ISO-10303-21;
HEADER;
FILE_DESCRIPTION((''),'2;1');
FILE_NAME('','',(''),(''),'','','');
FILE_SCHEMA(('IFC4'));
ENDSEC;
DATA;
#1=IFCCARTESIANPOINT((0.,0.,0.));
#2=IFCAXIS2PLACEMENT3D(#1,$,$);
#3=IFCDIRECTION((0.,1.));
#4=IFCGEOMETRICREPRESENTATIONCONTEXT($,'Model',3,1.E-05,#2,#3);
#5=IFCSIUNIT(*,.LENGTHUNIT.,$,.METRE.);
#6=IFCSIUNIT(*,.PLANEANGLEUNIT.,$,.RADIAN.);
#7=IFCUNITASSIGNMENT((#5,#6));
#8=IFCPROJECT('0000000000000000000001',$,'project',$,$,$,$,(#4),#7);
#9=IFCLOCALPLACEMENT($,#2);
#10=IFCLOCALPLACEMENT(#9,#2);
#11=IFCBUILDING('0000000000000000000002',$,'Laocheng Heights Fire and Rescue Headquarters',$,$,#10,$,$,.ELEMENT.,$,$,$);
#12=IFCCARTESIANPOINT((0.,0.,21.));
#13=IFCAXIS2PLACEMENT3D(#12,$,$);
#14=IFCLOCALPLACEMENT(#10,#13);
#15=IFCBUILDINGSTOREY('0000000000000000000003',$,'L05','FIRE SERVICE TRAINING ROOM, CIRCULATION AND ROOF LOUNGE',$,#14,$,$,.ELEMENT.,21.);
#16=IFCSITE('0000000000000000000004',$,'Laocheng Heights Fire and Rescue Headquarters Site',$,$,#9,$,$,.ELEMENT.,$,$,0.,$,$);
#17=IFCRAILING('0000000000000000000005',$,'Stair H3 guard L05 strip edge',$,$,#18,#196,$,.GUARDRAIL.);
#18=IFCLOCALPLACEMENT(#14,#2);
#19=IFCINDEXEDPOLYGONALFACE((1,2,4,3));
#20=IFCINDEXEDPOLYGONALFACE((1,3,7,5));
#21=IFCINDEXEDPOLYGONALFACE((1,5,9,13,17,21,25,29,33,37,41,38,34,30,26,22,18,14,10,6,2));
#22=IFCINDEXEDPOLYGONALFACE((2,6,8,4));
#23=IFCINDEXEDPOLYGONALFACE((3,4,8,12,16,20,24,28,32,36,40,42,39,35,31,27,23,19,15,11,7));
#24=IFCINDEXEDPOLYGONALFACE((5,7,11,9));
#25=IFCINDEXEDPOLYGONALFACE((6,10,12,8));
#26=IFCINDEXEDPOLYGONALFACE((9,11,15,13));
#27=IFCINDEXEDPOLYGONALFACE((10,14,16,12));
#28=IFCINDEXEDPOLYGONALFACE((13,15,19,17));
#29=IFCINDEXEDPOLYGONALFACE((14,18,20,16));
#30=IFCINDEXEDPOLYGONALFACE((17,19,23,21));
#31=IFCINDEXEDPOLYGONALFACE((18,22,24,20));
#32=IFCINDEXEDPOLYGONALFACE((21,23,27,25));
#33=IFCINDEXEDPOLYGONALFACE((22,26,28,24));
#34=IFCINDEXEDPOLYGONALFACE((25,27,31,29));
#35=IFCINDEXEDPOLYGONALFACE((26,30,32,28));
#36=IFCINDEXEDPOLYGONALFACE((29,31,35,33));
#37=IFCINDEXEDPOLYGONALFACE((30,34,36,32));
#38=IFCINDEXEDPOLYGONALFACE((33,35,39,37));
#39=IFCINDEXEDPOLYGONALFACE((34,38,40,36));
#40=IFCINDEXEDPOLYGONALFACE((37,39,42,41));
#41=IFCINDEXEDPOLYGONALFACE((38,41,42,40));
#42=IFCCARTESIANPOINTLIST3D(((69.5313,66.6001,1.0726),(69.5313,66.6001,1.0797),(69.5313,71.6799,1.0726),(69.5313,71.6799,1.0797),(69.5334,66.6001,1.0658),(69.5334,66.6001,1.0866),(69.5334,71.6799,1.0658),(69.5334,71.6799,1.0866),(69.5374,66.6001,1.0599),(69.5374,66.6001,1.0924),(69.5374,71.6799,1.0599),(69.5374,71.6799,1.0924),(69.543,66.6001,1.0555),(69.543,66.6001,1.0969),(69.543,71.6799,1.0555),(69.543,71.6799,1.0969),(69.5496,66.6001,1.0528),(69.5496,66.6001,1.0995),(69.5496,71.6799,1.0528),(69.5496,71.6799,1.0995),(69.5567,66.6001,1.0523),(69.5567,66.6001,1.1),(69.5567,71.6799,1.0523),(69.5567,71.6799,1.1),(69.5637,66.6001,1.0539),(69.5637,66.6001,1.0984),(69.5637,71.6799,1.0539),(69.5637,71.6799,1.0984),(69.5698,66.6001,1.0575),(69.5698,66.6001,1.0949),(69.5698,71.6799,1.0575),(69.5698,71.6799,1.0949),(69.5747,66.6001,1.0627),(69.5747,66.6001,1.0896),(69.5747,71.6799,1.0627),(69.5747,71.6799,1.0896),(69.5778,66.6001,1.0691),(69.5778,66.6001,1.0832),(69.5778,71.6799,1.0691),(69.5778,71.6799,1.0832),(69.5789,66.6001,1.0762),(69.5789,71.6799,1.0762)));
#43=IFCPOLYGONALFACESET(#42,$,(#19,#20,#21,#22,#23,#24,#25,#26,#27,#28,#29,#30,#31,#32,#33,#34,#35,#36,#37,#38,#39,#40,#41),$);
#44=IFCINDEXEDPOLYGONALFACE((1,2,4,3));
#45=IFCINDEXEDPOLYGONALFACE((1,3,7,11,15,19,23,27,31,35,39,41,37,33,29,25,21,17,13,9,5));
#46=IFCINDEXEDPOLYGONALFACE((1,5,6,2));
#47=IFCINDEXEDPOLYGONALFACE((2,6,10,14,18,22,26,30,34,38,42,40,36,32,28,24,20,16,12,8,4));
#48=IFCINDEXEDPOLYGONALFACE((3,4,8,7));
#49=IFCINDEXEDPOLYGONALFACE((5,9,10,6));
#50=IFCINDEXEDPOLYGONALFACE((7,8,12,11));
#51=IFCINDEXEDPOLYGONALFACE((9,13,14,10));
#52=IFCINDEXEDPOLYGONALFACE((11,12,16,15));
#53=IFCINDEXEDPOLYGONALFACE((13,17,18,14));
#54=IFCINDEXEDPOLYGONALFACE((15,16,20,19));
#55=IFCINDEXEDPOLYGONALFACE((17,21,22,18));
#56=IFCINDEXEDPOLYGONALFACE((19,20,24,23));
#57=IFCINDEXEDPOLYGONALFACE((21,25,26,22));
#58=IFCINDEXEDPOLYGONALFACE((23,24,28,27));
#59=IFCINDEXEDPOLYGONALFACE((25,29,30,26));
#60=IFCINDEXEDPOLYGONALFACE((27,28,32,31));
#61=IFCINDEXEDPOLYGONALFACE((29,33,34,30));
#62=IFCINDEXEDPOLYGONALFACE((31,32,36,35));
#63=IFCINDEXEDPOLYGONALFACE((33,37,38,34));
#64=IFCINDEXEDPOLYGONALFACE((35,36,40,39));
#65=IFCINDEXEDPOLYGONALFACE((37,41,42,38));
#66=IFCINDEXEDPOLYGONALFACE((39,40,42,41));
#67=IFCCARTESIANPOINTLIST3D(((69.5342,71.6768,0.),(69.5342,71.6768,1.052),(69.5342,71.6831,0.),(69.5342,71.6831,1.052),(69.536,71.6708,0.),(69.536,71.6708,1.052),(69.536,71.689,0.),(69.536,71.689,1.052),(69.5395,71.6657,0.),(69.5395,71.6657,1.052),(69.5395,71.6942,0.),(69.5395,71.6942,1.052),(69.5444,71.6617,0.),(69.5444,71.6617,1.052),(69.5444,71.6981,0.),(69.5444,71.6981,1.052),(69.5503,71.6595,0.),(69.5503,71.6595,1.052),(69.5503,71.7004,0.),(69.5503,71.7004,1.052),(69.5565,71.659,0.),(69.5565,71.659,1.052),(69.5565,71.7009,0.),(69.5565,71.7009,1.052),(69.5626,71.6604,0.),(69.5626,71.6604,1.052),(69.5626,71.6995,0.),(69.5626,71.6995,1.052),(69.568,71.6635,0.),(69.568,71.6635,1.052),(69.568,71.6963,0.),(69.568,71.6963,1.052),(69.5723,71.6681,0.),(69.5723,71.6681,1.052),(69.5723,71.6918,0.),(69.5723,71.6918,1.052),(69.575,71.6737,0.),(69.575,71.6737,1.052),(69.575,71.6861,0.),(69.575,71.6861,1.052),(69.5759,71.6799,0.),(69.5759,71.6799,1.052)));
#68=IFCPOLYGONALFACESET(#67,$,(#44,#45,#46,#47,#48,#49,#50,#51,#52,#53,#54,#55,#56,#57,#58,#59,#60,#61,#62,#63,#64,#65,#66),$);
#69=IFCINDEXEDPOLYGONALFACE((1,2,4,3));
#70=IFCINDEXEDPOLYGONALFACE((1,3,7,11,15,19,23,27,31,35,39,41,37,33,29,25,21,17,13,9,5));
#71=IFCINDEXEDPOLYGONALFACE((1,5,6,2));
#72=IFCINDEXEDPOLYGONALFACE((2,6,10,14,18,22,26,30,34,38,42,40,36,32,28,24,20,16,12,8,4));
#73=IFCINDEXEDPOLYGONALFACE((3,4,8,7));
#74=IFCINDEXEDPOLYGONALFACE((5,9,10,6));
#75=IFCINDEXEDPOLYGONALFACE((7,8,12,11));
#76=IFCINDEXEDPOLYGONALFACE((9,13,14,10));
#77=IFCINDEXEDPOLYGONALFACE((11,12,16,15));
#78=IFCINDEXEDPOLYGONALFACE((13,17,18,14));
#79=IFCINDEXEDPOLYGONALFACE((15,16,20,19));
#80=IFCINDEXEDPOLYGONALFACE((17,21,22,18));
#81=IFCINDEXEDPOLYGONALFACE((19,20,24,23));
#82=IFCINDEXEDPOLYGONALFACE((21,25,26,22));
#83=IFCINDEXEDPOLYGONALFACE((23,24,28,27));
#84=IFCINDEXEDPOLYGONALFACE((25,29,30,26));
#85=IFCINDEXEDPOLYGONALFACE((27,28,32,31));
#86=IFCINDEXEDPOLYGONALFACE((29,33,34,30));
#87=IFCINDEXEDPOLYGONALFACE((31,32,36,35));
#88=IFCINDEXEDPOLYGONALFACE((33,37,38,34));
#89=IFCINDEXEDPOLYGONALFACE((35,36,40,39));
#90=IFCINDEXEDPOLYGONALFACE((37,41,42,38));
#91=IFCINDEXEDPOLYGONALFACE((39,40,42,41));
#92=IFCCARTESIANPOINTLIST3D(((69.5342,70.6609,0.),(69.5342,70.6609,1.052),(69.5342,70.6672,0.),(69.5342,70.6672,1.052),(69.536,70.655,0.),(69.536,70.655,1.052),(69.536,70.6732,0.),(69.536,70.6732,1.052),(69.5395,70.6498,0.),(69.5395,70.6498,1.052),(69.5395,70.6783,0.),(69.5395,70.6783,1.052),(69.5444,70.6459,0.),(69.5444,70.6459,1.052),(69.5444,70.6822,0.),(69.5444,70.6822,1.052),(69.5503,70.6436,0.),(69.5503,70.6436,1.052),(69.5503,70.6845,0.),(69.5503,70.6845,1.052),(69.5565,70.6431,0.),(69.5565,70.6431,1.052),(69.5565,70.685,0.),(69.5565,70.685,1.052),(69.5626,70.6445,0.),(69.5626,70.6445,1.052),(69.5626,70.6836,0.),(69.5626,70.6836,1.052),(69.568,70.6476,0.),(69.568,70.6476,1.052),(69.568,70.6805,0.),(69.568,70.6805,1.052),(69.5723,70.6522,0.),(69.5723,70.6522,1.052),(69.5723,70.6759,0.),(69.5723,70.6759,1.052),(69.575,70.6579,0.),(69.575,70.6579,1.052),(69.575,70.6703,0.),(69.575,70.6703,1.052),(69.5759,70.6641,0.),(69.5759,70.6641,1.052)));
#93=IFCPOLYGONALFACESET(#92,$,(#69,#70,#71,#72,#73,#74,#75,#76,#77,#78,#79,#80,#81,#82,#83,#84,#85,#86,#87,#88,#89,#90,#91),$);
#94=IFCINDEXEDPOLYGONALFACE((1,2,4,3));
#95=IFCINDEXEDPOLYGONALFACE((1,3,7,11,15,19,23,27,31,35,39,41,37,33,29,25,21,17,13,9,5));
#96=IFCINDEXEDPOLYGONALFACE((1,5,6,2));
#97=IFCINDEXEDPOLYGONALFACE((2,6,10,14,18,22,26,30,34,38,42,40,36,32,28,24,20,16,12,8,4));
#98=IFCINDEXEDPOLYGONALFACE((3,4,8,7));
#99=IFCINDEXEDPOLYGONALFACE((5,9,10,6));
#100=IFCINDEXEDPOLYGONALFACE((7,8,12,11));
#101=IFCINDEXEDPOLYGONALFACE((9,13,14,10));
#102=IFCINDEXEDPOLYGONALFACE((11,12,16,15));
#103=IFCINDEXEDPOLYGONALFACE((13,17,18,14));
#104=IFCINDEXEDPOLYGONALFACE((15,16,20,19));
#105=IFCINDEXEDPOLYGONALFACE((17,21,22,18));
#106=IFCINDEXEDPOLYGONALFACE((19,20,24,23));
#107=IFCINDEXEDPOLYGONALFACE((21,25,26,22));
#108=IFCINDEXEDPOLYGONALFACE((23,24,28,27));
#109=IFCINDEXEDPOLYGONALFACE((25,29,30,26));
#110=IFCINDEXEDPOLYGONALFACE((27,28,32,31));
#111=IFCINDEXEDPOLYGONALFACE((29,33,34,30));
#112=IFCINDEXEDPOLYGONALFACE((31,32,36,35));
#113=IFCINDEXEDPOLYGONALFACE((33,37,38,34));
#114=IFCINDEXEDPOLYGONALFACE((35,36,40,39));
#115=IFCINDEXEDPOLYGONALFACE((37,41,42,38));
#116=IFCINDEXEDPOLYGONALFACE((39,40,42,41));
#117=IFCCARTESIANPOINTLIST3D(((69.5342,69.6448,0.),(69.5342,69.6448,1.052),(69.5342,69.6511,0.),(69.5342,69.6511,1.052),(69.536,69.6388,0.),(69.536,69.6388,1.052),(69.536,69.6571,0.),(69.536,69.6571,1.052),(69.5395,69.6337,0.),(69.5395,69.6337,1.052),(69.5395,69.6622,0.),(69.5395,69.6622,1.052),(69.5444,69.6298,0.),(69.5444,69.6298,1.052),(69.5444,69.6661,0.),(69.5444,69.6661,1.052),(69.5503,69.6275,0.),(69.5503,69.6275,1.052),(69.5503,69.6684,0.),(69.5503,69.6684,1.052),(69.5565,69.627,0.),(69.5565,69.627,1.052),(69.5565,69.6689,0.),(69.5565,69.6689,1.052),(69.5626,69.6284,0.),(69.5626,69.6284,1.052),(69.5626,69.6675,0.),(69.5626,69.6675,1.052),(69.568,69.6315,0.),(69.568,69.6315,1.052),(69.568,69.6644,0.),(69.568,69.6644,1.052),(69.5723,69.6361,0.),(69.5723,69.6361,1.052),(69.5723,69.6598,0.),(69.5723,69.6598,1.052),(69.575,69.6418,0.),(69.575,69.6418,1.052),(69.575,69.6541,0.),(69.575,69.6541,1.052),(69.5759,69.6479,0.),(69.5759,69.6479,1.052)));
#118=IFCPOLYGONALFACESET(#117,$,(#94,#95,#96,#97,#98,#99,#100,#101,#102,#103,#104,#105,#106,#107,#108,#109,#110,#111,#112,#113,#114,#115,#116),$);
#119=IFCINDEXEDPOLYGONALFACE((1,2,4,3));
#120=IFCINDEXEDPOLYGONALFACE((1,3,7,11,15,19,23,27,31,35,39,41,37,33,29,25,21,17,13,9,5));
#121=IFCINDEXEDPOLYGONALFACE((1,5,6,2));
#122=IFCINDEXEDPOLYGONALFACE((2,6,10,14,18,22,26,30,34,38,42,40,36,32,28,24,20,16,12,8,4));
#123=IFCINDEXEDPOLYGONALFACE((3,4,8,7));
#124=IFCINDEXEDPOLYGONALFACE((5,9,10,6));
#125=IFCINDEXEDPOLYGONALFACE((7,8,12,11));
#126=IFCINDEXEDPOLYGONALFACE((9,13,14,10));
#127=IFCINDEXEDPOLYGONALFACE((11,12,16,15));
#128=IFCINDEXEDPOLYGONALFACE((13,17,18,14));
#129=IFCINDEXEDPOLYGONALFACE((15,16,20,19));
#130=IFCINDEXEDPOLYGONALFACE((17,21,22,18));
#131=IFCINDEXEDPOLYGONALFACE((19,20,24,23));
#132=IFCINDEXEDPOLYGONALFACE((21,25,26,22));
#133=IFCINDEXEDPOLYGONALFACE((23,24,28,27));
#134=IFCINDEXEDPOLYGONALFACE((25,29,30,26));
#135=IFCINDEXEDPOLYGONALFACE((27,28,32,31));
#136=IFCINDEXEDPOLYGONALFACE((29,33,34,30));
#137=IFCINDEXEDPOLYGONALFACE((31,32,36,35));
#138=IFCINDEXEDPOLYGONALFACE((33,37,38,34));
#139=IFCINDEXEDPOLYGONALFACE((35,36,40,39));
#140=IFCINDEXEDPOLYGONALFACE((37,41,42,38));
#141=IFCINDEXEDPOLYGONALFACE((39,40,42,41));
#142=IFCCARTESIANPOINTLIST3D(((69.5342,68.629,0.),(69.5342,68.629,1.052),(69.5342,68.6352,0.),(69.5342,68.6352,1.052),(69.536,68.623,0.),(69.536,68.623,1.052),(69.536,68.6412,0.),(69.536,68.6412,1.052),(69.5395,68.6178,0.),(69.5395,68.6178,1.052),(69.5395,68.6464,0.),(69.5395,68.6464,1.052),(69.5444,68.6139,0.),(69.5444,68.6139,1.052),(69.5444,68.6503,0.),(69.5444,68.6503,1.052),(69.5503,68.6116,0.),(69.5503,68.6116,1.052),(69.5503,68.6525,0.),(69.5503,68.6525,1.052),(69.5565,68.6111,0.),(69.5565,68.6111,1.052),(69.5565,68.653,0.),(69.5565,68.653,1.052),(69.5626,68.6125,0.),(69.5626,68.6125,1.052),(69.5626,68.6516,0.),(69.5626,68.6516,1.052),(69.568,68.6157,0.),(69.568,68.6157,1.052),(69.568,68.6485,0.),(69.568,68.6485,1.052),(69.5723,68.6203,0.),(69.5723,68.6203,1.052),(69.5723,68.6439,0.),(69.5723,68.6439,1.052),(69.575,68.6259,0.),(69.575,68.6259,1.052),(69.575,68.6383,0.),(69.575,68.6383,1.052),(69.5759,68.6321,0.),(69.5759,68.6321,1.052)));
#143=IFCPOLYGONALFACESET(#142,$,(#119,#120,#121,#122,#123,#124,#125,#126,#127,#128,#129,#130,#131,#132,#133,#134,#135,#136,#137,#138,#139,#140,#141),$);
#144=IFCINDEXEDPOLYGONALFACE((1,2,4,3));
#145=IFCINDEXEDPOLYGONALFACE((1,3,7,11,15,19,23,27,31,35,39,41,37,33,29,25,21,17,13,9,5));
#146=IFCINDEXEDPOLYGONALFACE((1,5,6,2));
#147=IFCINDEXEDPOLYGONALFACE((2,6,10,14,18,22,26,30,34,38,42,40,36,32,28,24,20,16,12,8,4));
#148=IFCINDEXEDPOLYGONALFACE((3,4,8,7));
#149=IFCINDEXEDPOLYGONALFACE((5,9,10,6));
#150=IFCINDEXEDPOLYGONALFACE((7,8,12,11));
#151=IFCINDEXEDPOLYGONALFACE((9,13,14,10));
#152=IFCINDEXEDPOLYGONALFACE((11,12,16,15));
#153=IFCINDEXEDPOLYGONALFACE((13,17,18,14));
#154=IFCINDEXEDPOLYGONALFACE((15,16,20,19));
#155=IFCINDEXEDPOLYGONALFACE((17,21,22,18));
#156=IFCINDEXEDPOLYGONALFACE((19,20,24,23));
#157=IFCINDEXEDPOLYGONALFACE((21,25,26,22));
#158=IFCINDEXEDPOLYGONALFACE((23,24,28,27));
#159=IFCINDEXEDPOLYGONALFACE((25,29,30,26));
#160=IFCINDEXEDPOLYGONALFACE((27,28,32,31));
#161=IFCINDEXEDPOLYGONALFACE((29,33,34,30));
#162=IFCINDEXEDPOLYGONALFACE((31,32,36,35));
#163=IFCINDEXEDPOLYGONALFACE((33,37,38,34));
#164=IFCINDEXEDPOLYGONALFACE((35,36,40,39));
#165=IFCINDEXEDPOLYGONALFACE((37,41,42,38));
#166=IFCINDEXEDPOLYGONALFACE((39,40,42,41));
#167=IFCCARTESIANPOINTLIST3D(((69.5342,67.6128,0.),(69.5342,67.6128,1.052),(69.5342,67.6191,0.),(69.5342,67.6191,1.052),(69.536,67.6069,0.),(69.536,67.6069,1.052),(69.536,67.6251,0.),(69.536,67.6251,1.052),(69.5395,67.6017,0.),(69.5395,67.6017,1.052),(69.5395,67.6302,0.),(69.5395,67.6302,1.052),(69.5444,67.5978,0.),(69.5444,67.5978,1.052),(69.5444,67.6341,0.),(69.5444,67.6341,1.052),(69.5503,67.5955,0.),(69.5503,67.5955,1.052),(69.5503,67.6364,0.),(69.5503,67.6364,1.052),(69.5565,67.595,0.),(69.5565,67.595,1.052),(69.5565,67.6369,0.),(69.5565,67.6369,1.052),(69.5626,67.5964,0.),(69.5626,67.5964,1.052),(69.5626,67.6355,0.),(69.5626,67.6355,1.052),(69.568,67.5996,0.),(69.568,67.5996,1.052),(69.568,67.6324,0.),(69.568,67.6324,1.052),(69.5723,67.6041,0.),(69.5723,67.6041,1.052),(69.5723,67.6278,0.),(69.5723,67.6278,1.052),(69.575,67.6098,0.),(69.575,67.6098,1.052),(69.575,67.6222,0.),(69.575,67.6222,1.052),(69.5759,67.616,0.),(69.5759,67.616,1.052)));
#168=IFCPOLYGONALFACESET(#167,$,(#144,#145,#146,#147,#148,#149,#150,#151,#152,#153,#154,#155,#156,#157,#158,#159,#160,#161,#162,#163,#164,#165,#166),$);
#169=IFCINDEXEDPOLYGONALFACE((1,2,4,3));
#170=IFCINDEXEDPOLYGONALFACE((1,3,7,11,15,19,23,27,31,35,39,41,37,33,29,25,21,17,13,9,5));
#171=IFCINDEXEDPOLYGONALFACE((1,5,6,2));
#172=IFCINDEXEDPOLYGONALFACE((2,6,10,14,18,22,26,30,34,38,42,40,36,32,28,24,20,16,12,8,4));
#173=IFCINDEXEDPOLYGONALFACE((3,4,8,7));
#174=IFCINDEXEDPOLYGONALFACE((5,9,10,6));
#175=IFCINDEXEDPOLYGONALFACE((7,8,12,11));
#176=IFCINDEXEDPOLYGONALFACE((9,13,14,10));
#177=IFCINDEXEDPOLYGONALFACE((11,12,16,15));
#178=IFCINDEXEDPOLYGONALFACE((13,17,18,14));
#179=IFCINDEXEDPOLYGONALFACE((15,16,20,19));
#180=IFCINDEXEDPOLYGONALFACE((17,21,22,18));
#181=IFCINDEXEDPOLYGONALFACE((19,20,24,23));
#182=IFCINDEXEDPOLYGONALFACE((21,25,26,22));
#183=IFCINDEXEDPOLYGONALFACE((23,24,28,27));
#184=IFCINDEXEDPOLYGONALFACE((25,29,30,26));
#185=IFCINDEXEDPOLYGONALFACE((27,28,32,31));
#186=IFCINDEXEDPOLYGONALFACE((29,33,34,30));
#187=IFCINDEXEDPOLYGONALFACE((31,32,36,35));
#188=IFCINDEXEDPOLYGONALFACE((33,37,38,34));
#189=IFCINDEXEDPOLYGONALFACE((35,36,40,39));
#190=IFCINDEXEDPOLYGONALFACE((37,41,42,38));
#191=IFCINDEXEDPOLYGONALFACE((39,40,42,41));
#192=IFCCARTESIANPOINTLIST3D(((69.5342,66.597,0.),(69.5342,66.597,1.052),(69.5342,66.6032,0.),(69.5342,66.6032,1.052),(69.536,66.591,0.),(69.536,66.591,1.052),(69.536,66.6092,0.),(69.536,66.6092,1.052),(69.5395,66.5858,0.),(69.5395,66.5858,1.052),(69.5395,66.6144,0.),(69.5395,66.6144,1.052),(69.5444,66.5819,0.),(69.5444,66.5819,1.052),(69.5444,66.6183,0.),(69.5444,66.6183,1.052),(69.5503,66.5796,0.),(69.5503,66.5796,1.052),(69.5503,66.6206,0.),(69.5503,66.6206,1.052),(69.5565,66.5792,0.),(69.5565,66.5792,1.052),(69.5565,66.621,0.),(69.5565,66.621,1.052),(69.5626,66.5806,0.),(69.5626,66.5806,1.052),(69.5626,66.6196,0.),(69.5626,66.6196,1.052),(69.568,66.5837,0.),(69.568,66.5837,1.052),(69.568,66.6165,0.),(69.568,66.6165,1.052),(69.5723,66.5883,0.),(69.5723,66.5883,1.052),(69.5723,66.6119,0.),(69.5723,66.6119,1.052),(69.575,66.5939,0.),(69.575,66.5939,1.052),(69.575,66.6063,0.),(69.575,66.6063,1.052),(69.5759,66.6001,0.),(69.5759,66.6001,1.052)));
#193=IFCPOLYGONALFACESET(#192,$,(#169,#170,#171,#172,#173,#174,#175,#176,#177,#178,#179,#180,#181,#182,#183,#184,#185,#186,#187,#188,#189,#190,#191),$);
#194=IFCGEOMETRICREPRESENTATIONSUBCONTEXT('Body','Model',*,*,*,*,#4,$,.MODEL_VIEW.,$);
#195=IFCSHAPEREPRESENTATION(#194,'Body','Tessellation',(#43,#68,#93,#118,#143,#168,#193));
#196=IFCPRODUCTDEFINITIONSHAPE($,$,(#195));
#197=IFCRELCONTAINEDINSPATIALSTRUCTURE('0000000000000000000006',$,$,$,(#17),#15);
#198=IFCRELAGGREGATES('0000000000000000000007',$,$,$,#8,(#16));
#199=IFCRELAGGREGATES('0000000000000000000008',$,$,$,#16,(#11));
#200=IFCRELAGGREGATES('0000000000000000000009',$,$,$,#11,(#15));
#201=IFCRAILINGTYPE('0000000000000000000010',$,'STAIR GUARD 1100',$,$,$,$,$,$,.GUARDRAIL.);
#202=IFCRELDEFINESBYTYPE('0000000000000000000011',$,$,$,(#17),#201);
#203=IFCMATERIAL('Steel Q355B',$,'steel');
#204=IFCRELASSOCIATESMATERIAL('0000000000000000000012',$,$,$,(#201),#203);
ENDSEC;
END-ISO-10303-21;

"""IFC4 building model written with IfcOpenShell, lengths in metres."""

from ifc_helpers import new_model, si_unit, direction, frame, origin, origin_2d, place, context, subcontext, project, spatial, circle, extrude, material, type_object, element, save


model = new_model("IFC4")

# Units and contexts
model_context = context("Model", 3, precision=1e-05, world=origin(), true_north=direction((0.0, 1.0)))
body_context = subcontext(model_context, "Body", "Model", "MODEL_VIEW")
ifc_project = project(units=[si_unit("LENGTHUNIT", "METRE"), si_unit("PLANEANGLEUNIT", "RADIAN")], contexts=[model_context])

# Site, building, storey
site_placement = place(None, origin())
site = spatial("IfcSite", under=ifc_project, at=site_placement, Name="Laocheng Heights Fire and Rescue Headquarters Site", CompositionType="ELEMENT", RefElevation=0.0)
building_placement = place(site_placement, origin())
building = spatial("IfcBuilding", under=site, at=building_placement, Name="Laocheng Heights Fire and Rescue Headquarters", CompositionType="ELEMENT")
storey_placement = place(building_placement, frame((0.0, 0.0, 21.0)))
storey = spatial("IfcBuildingStorey", under=building, at=storey_placement, Name="L05", Description="FIRE SERVICE TRAINING ROOM, CIRCULATION AND ROOF LOUNGE", CompositionType="ELEMENT", Elevation=21.0)

# Railing
ifc_material_1 = material(Name="Steel Q355B", Category="steel")
railing_type = type_object("IfcRailingType", Name="STAIR GUARD 1100", PredefinedType="GUARDRAIL", material=ifc_material_1)
railing_1_placement = place(storey_placement, frame((69.5549, 71.6799, 0.0)))
element("IfcRailing", 1, at=railing_1_placement, inside=storey, type_object=railing_type, Name="Stair H3 guard L05 strip edge", PredefinedType="GUARDRAIL", context=body_context, shape_type="SweptSolid", body=[
    extrude(circle(Radius=0.0239, at=origin_2d()), frame((0.0, 0.0, 1.0762), z_axis=(0.0, -1.0, 0.0), x_axis=(1.0, 0.0, 0.0)), (0.0, 0.0, 1.0), 5.0798),
    extrude(circle(Radius=0.021, at=origin_2d()), origin(), (0.0, 0.0, 1.0), 1.052),
    extrude(circle(Radius=0.021, at=origin_2d()), frame((0.0, -1.0159, 0.0)), (0.0, 0.0, 1.0), 1.052),
    extrude(circle(Radius=0.021, at=origin_2d()), frame((0.0, -2.032, 0.0)), (0.0, 0.0, 1.0), 1.052),
    extrude(circle(Radius=0.021, at=origin_2d()), frame((0.0, -3.0479, 0.0)), (0.0, 0.0, 1.0), 1.052),
    extrude(circle(Radius=0.021, at=origin_2d()), frame((0.0, -4.064, 0.0)), (0.0, 0.0, 1.0), 1.052),
    extrude(circle(Radius=0.021, at=origin_2d()), frame((0.0, -5.0798, 0.0)), (0.0, 0.0, 1.0), 1.052),
])

save(model, "model.ifc")
